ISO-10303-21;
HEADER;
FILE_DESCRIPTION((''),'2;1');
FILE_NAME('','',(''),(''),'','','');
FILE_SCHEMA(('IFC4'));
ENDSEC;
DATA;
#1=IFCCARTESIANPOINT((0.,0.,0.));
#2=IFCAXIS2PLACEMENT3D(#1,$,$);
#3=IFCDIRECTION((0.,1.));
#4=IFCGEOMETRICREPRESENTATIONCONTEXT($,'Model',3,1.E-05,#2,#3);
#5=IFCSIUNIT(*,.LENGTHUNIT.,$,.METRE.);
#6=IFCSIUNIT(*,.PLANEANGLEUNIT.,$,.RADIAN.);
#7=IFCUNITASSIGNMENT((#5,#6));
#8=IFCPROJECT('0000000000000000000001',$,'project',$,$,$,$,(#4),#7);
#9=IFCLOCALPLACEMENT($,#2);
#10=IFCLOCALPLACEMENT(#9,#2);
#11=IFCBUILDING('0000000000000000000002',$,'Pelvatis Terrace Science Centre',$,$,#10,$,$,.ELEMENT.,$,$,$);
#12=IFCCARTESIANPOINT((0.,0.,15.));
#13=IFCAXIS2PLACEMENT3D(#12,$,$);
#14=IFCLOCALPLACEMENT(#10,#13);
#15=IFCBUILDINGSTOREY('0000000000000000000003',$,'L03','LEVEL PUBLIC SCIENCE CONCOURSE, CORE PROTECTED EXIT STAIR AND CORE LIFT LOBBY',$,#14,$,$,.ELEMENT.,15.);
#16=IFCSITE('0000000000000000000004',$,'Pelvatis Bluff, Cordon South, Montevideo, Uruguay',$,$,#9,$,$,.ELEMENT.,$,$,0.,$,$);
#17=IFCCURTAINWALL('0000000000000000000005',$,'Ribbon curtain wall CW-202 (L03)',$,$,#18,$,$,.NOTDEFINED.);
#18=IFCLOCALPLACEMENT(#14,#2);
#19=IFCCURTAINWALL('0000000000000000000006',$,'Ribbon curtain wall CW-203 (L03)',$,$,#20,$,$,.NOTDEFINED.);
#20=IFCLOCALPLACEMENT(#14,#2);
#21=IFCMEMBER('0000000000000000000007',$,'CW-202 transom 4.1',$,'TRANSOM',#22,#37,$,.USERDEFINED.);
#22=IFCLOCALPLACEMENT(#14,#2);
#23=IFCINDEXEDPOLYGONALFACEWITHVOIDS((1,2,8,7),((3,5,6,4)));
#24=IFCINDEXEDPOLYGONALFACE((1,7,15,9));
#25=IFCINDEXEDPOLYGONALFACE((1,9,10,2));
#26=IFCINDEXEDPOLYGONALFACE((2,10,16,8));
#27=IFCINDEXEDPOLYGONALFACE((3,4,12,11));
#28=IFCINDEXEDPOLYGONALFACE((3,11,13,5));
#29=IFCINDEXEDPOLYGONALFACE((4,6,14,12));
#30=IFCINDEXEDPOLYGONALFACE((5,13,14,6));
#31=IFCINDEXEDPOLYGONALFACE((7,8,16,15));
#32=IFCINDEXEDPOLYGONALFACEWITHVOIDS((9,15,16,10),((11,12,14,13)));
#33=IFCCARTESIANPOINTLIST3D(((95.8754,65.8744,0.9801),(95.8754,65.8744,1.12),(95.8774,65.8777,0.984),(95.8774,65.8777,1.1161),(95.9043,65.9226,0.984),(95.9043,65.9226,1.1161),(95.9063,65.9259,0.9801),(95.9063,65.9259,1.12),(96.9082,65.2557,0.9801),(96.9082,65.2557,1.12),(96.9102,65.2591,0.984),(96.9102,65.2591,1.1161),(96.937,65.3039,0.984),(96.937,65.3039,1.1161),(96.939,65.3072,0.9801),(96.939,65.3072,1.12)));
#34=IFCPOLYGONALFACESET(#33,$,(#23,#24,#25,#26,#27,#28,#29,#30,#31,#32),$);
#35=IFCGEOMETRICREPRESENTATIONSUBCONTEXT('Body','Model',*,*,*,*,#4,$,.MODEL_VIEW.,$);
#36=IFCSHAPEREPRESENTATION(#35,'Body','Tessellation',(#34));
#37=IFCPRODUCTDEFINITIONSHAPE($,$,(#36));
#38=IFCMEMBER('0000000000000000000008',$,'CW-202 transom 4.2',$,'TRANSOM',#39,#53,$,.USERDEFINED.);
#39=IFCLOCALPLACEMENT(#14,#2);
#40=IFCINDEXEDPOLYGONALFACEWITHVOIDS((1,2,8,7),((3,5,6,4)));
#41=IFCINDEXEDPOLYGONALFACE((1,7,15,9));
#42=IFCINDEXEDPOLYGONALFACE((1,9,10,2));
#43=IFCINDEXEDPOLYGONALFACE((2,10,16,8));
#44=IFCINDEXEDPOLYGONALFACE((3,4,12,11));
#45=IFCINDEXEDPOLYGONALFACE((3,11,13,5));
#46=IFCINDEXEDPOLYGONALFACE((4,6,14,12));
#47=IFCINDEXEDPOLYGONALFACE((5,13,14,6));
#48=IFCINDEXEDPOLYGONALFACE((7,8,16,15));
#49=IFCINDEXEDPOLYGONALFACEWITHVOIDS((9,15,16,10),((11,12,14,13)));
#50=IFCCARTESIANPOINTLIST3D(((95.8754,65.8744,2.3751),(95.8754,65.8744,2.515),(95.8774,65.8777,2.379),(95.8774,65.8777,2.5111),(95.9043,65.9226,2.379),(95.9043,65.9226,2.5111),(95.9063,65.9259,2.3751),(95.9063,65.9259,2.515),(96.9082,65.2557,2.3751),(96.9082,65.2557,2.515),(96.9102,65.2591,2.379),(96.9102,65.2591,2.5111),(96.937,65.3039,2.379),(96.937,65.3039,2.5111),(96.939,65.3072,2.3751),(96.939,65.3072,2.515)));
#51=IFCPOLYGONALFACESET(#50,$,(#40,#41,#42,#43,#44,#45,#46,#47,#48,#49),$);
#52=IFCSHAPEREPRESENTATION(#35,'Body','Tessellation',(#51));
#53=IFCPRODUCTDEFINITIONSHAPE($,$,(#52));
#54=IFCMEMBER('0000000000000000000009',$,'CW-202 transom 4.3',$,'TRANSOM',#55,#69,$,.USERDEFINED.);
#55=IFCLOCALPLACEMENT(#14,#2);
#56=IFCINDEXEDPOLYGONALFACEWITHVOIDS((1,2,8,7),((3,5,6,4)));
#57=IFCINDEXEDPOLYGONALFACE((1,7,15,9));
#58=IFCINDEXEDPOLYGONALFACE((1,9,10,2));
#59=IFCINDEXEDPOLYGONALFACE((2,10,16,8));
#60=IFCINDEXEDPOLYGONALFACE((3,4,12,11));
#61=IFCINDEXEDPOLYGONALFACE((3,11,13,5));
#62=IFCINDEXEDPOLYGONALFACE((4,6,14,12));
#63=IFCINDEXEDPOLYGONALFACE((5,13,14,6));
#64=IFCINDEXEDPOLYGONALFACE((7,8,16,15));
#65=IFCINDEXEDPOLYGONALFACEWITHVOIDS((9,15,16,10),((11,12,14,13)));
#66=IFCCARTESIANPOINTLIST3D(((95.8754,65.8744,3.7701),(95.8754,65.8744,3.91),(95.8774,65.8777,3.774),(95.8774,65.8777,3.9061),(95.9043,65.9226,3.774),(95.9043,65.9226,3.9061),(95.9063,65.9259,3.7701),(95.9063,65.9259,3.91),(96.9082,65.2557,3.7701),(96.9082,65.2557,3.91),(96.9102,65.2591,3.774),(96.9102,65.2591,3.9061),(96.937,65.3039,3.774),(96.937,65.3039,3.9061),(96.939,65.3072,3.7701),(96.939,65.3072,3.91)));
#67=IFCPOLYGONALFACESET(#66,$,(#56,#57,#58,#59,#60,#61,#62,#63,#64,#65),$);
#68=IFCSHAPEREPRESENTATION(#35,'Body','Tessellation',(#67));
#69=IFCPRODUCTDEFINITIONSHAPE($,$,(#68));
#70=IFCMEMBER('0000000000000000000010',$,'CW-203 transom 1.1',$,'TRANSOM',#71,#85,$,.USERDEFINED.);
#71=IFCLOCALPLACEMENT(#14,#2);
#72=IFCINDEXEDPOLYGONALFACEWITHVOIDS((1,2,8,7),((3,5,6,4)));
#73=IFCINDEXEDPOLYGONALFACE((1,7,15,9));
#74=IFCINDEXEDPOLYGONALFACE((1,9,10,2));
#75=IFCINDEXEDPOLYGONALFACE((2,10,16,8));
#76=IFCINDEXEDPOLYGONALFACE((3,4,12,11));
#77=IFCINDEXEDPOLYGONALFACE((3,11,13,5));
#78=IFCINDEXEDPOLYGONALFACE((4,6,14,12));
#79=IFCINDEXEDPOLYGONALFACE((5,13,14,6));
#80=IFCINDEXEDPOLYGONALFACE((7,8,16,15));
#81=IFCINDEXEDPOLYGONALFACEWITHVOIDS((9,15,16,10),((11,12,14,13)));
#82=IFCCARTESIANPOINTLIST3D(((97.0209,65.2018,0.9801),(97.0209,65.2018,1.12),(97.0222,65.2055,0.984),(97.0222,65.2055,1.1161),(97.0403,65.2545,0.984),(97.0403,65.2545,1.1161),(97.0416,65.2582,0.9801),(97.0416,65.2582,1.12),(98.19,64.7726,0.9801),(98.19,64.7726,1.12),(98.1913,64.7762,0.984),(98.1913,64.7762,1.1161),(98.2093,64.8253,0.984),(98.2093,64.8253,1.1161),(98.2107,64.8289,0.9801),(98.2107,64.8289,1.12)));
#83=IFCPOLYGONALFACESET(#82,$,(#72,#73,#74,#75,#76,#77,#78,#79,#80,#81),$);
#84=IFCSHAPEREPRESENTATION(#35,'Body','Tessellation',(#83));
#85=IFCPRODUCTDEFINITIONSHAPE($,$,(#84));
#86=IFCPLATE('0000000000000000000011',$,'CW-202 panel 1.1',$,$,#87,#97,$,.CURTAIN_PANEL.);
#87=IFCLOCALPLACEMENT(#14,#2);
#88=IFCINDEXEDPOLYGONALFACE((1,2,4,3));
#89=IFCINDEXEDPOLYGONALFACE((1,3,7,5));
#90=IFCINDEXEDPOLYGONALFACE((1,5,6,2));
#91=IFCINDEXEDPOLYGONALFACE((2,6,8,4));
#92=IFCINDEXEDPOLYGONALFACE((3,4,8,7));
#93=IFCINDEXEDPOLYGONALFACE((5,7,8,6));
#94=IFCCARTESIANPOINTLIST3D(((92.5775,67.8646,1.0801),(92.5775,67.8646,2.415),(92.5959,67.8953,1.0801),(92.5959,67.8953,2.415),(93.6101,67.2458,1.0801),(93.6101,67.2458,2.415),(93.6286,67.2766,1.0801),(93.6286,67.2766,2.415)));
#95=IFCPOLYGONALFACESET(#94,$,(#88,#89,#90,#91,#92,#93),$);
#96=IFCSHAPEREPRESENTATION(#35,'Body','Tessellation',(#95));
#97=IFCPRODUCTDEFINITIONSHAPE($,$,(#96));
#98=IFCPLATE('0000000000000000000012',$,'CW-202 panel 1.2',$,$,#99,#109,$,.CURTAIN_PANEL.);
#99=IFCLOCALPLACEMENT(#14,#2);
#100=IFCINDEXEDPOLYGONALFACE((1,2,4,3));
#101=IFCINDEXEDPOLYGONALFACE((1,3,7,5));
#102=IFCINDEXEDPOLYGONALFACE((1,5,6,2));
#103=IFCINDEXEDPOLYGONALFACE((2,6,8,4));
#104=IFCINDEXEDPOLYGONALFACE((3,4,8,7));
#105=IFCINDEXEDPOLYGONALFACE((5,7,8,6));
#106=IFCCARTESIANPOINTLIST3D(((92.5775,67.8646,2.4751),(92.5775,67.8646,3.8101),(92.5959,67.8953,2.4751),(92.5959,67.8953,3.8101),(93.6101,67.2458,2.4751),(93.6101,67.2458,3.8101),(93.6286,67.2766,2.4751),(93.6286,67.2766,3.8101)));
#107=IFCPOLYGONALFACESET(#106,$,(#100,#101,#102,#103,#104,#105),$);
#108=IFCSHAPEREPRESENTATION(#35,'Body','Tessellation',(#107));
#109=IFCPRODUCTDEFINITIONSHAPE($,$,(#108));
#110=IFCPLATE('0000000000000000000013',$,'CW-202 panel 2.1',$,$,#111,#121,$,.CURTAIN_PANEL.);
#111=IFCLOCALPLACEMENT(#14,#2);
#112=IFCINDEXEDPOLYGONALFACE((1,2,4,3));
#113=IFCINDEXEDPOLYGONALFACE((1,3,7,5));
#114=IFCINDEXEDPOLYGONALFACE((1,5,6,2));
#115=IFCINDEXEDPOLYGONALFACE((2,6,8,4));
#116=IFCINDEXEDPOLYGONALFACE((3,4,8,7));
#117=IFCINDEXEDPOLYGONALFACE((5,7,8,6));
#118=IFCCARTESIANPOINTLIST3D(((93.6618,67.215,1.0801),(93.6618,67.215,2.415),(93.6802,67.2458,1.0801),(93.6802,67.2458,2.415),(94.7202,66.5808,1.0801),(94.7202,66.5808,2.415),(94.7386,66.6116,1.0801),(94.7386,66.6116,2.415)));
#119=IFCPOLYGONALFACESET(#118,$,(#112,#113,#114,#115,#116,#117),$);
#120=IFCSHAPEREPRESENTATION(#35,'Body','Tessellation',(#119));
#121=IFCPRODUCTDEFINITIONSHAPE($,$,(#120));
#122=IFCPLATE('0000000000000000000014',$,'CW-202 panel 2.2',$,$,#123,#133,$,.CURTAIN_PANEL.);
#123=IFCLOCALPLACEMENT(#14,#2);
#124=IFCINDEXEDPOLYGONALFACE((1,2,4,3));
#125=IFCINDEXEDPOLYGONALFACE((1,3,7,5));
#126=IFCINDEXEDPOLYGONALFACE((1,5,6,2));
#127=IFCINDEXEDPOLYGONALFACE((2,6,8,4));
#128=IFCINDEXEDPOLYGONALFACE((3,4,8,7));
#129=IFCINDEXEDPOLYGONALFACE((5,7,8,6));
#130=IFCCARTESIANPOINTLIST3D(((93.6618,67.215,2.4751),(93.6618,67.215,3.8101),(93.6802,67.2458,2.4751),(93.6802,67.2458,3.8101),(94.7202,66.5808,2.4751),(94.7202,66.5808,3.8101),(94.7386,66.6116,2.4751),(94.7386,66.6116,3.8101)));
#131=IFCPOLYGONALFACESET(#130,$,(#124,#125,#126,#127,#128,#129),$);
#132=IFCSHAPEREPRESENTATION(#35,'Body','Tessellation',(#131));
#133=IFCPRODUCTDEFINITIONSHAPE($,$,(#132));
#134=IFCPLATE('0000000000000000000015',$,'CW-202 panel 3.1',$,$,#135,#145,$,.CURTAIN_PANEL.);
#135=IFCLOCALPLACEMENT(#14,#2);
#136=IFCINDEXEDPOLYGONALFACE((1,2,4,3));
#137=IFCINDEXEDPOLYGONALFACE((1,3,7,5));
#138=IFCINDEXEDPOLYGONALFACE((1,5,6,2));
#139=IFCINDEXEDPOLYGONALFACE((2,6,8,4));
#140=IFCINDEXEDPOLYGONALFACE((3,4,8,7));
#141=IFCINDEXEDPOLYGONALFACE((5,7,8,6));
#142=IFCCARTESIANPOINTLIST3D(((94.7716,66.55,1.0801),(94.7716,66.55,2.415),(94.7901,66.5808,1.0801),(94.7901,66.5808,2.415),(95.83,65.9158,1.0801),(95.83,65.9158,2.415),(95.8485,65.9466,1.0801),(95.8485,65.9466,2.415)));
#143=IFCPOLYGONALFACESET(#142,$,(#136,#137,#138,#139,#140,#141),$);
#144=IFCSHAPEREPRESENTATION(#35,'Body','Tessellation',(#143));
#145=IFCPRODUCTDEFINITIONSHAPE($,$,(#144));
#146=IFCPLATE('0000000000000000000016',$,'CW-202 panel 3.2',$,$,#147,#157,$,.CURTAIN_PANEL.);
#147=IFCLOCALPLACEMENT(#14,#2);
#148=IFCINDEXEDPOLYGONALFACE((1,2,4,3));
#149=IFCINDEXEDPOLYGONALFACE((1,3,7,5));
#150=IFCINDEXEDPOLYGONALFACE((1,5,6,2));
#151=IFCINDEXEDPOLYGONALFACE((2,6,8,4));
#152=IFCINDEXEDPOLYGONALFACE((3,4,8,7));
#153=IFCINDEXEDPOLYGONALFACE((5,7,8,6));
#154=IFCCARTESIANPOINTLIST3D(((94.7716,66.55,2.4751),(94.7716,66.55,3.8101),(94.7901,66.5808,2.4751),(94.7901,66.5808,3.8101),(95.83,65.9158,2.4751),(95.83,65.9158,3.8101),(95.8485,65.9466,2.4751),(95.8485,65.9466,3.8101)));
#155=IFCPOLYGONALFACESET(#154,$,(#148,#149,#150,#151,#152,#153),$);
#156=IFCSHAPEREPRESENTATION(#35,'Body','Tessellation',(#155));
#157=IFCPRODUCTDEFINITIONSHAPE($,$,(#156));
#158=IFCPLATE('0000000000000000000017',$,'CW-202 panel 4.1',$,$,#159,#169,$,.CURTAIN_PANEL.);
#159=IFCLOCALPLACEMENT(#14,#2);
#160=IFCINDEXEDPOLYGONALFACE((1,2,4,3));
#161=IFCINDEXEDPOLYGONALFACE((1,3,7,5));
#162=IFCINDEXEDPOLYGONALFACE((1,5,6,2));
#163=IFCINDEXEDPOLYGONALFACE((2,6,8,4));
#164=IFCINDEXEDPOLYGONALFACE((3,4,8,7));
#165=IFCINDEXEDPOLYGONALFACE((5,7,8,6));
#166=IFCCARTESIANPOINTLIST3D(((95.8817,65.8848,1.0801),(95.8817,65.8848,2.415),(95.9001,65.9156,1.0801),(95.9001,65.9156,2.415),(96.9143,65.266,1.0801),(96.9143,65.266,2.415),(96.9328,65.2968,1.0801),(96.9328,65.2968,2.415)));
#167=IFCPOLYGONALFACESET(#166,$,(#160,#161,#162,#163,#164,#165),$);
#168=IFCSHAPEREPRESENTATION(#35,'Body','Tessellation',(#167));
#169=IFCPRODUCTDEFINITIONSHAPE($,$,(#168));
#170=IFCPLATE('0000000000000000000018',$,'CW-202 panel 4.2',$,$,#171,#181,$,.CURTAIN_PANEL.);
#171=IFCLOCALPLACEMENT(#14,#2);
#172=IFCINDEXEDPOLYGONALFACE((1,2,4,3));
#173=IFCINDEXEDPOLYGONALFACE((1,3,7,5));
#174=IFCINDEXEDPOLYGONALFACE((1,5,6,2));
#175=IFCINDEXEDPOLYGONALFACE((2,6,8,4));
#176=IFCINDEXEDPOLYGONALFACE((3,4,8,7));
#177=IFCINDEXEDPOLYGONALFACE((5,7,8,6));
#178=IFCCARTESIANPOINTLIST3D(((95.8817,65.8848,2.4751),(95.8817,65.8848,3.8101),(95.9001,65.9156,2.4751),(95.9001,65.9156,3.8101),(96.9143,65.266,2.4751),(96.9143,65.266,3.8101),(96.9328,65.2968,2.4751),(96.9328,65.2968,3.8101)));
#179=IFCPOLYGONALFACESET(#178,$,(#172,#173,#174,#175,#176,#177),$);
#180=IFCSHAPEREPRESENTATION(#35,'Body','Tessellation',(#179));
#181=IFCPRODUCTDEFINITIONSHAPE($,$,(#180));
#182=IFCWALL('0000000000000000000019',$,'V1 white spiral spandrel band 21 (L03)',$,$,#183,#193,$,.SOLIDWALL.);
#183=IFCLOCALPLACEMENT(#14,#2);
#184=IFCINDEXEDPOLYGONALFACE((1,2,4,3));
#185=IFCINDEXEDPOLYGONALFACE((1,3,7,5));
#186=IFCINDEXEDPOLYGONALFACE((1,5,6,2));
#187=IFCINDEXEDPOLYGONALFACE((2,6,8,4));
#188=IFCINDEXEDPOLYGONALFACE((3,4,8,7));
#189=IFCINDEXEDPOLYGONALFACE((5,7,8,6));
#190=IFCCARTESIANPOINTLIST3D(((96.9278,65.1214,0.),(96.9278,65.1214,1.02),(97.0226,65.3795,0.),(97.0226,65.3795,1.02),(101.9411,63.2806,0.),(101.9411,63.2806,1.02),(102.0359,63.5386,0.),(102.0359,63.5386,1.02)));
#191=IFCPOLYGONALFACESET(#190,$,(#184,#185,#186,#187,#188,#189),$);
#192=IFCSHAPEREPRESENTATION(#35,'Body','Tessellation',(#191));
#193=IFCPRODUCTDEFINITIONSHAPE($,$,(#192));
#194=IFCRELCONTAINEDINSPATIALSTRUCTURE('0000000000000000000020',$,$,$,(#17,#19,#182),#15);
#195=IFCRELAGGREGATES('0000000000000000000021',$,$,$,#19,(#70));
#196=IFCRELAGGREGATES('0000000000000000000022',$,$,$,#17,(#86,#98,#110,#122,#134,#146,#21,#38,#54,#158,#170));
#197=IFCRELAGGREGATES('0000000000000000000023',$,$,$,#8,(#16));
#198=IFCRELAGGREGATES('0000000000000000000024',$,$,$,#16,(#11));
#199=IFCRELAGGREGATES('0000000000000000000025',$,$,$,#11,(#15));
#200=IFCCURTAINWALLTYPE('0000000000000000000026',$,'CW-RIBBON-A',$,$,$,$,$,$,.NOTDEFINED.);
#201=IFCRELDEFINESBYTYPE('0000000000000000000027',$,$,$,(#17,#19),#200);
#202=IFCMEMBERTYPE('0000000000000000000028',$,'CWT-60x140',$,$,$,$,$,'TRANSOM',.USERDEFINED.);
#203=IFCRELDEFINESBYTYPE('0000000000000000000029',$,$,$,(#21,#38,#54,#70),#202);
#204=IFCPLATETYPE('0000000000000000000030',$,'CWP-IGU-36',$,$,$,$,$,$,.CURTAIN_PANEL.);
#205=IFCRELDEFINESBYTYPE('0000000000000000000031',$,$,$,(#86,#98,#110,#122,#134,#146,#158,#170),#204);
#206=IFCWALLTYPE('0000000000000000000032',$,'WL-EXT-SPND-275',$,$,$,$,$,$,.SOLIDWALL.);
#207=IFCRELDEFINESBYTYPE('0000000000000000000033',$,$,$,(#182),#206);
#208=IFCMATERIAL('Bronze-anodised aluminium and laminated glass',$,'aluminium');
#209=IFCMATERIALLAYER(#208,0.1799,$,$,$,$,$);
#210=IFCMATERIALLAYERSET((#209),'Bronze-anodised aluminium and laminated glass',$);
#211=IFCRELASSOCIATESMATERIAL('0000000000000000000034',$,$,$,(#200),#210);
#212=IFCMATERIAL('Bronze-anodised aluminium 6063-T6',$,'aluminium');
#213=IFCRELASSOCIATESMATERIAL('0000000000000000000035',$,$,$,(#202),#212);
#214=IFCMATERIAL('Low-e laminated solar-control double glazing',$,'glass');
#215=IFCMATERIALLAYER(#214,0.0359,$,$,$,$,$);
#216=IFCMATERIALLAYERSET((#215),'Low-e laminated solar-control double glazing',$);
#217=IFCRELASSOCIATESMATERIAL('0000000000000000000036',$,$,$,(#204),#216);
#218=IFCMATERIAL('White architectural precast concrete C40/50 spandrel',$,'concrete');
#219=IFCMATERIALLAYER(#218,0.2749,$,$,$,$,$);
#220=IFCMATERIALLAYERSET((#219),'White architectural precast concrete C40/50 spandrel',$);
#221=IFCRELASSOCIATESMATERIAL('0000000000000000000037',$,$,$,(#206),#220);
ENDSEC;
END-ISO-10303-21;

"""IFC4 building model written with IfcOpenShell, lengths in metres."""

from ifc_helpers import new_model, si_unit, direction, frame, frame_2d, origin, origin_2d, place, context, subcontext, project, spatial, rectangle, hollow_rectangle, extrude, material, layer, layer_set, material_profile, profile_set, type_object, element, aggregate, save


model = new_model("IFC4")

# Units and contexts
model_context = context("Model", 3, precision=1e-05, world=origin(), true_north=direction((0.0, 1.0)))
body_context = subcontext(model_context, "Body", "Model", "MODEL_VIEW")
ifc_project = project(units=[si_unit("LENGTHUNIT", "METRE"), si_unit("PLANEANGLEUNIT", "RADIAN")], contexts=[model_context])

# Site, building, storey
site_placement = place(None, origin())
site = spatial("IfcSite", under=ifc_project, at=site_placement, Name="Pelvatis Bluff, Cordon South, Montevideo, Uruguay", CompositionType="ELEMENT", RefElevation=0.0)
building_placement = place(site_placement, origin())
building = spatial("IfcBuilding", under=site, at=building_placement, Name="Pelvatis Terrace Science Centre", CompositionType="ELEMENT")
storey_placement = place(building_placement, frame((0.0, 0.0, 15.0)))
storey = spatial("IfcBuildingStorey", under=building, at=storey_placement, Name="L03", Description="LEVEL PUBLIC SCIENCE CONCOURSE, CORE PROTECTED EXIT STAIR AND CORE LIFT LOBBY", CompositionType="ELEMENT", Elevation=15.0)

# Curtain wall
ifc_material_1 = material(Name="Bronze-anodised aluminium and laminated glass", Category="aluminium")
ifc_layer_1 = layer(ifc_material_1, 0.1799)
ifc_layer_set_1 = layer_set([ifc_layer_1], Name="Bronze-anodised aluminium and laminated glass")
curtain_wall_type = type_object("IfcCurtainWallType", Name="CW-RIBBON-A", PredefinedType="NOTDEFINED", material=ifc_layer_set_1)
curtain_wall_1_placement = place(storey_placement, origin())
curtain_wall_1 = element("IfcCurtainWall", 1, at=curtain_wall_1_placement, inside=storey, type_object=curtain_wall_type, Name="Ribbon curtain wall CW-202 (L03)", PredefinedType="NOTDEFINED")

# Curtain wall
curtain_wall_2_placement = place(storey_placement, origin())
curtain_wall_2 = element("IfcCurtainWall", 2, at=curtain_wall_2_placement, inside=storey, type_object=curtain_wall_type, Name="Ribbon curtain wall CW-203 (L03)", PredefinedType="NOTDEFINED")

# Members
ifc_material_2 = material(Name="Bronze-anodised aluminium 6063-T6", Category="aluminium")
ifc_material_profile_1 = material_profile(ifc_material_2, hollow_rectangle(XDim=0.0601, YDim=0.1399, WallThickness=0.0039, at=origin_2d()), Name="ALU-TRN 60x140")
ifc_profile_set_1 = profile_set([ifc_material_profile_1], Name="Bronze-anodised aluminium 6063-T6")
member_type_1 = type_object("IfcMemberType", Name="CWT-60x140", ElementType="TRANSOM", PredefinedType="USERDEFINED", material=ifc_profile_set_1)
member_1_placement = place(storey_placement, frame((95.8909, 65.9001, 1.05), z_axis=(0.857851, -0.513899, 0.0), x_axis=(0.513899, 0.857851, 0.0)))
member_1 = element("IfcMember", 3, at=member_1_placement, type_object=member_type_1, Name="CW-202 transom 4.1", ObjectType="TRANSOM", PredefinedType="USERDEFINED", context=body_context, shape_type="SweptSolid", body=[
    extrude(hollow_rectangle(XDim=0.0601, YDim=0.1399, WallThickness=0.0039, at=origin_2d()), origin(), (0.0, 0.0, 1.0), 1.2039),
])
member_2_placement = place(storey_placement, frame((95.8909, 65.9001, 2.4451), z_axis=(0.857851, -0.513899, 0.0), x_axis=(0.513899, 0.857851, 0.0)))
member_2 = element("IfcMember", 4, at=member_2_placement, type_object=member_type_1, Name="CW-202 transom 4.2", ObjectType="TRANSOM", PredefinedType="USERDEFINED", context=body_context, shape_type="SweptSolid", body=[
    extrude(hollow_rectangle(XDim=0.0601, YDim=0.1399, WallThickness=0.0039, at=origin_2d()), origin(), (0.0, 0.0, 1.0), 1.2039),
])
member_3_placement = place(storey_placement, frame((95.8909, 65.9001, 3.8401), z_axis=(0.857851, -0.513899, 0.0), x_axis=(0.513899, 0.857851, 0.0)))
member_3 = element("IfcMember", 5, at=member_3_placement, type_object=member_type_1, Name="CW-202 transom 4.3", ObjectType="TRANSOM", PredefinedType="USERDEFINED", context=body_context, shape_type="SweptSolid", body=[
    extrude(hollow_rectangle(XDim=0.0601, YDim=0.1399, WallThickness=0.0039, at=origin_2d()), origin(), (0.0, 0.0, 1.0), 1.2039),
])
member_4_placement = place(storey_placement, frame((97.0312, 65.23, 1.05), z_axis=(0.938724, -0.344669, 0.0), x_axis=(0.344669, 0.938724, 0.0)))
member_4 = element("IfcMember", 6, at=member_4_placement, type_object=member_type_1, Name="CW-203 transom 1.1", ObjectType="TRANSOM", PredefinedType="USERDEFINED", context=body_context, shape_type="SweptSolid", body=[
    extrude(hollow_rectangle(XDim=0.0601, YDim=0.1399, WallThickness=0.0039, at=origin_2d()), origin(), (0.0, 0.0, 1.0), 1.2454),
])
aggregate(curtain_wall_2, [member_4])

# Plates
ifc_material_3 = material(Name="Low-e laminated solar-control double glazing", Category="glass")
ifc_layer_2 = layer(ifc_material_3, 0.0359)
ifc_layer_set_2 = layer_set([ifc_layer_2], Name="Low-e laminated solar-control double glazing")
plate_type = type_object("IfcPlateType", Name="CWP-IGU-36", PredefinedType="CURTAIN_PANEL", material=ifc_layer_set_2)
plate_1_placement = place(storey_placement, frame((93.103, 67.5706, 1.0801), z_axis=(0.0, 0.0, 1.0), x_axis=(0.857793, -0.513996, 0.0)))
plate_1 = element("IfcPlate", 7, at=plate_1_placement, type_object=plate_type, Name="CW-202 panel 1.1", PredefinedType="CURTAIN_PANEL", context=body_context, shape_type="SweptSolid", body=[
    extrude(rectangle(XDim=1.2039, YDim=0.0359, at=origin_2d()), origin(), (0.0, 0.0, 1.0), 1.335),
])
plate_2_placement = place(storey_placement, frame((93.103, 67.5706, 2.4751), z_axis=(0.0, 0.0, 1.0), x_axis=(0.857793, -0.513996, 0.0)))
plate_2 = element("IfcPlate", 8, at=plate_2_placement, type_object=plate_type, Name="CW-202 panel 1.2", PredefinedType="CURTAIN_PANEL", context=body_context, shape_type="SweptSolid", body=[
    extrude(rectangle(XDim=1.2039, YDim=0.0359, at=origin_2d()), origin(), (0.0, 0.0, 1.0), 1.335),
])
plate_3_placement = place(storey_placement, frame((94.2002, 66.9133, 1.0801), z_axis=(0.0, 0.0, 1.0), x_axis=(0.857793, -0.513996, 0.0)))
plate_3 = element("IfcPlate", 9, at=plate_3_placement, type_object=plate_type, Name="CW-202 panel 2.1", PredefinedType="CURTAIN_PANEL", context=body_context, shape_type="SweptSolid", body=[
    extrude(rectangle(XDim=1.2339, YDim=0.0359, at=origin_2d()), origin(), (0.0, 0.0, 1.0), 1.335),
])
plate_4_placement = place(storey_placement, frame((94.2002, 66.9133, 2.4751), z_axis=(0.0, 0.0, 1.0), x_axis=(0.857793, -0.513996, 0.0)))
plate_4 = element("IfcPlate", 10, at=plate_4_placement, type_object=plate_type, Name="CW-202 panel 2.2", PredefinedType="CURTAIN_PANEL", context=body_context, shape_type="SweptSolid", body=[
    extrude(rectangle(XDim=1.2339, YDim=0.0359, at=origin_2d()), origin(), (0.0, 0.0, 1.0), 1.335),
])
plate_5_placement = place(storey_placement, frame((95.3101, 66.2483, 1.0801), z_axis=(0.0, 0.0, 1.0), x_axis=(0.857793, -0.513996, 0.0)))
plate_5 = element("IfcPlate", 11, at=plate_5_placement, type_object=plate_type, Name="CW-202 panel 3.1", PredefinedType="CURTAIN_PANEL", context=body_context, shape_type="SweptSolid", body=[
    extrude(rectangle(XDim=1.2339, YDim=0.0359, at=origin_2d()), origin(), (0.0, 0.0, 1.0), 1.335),
])
plate_6_placement = place(storey_placement, frame((95.3101, 66.2483, 2.4751), z_axis=(0.0, 0.0, 1.0), x_axis=(0.857793, -0.513996, 0.0)))
plate_6 = element("IfcPlate", 12, at=plate_6_placement, type_object=plate_type, Name="CW-202 panel 3.2", PredefinedType="CURTAIN_PANEL", context=body_context, shape_type="SweptSolid", body=[
    extrude(rectangle(XDim=1.2339, YDim=0.0359, at=origin_2d()), origin(), (0.0, 0.0, 1.0), 1.335),
])
plate_7_placement = place(storey_placement, frame((96.4072, 65.5908, 1.0801), z_axis=(0.0, 0.0, 1.0), x_axis=(0.857793, -0.513996, 0.0)))
plate_7 = element("IfcPlate", 13, at=plate_7_placement, type_object=plate_type, Name="CW-202 panel 4.1", PredefinedType="CURTAIN_PANEL", context=body_context, shape_type="SweptSolid", body=[
    extrude(rectangle(XDim=1.2039, YDim=0.0359, at=origin_2d()), origin(), (0.0, 0.0, 1.0), 1.335),
])
plate_8_placement = place(storey_placement, frame((96.4072, 65.5908, 2.4751), z_axis=(0.0, 0.0, 1.0), x_axis=(0.857793, -0.513996, 0.0)))
plate_8 = element("IfcPlate", 14, at=plate_8_placement, type_object=plate_type, Name="CW-202 panel 4.2", PredefinedType="CURTAIN_PANEL", context=body_context, shape_type="SweptSolid", body=[
    extrude(rectangle(XDim=1.2039, YDim=0.0359, at=origin_2d()), origin(), (0.0, 0.0, 1.0), 1.335),
])
aggregate(curtain_wall_1, [plate_1, plate_2, plate_3, plate_4, plate_5, plate_6, member_1, member_2, member_3, plate_7, plate_8])

# Wall
ifc_material_4 = material(Name="White architectural precast concrete C40/50 spandrel", Category="concrete")
ifc_layer_3 = layer(ifc_material_4, 0.2749)
ifc_layer_set_3 = layer_set([ifc_layer_3], Name="White architectural precast concrete C40/50 spandrel")
wall_type_1 = type_object("IfcWallType", Name="WL-EXT-SPND-275", PredefinedType="SOLIDWALL", material=ifc_layer_set_3)
wall_1_placement = place(storey_placement, frame((96.9751, 65.2505, 0.0), z_axis=(0.0, 0.0, 1.0), x_axis=(0.938716, -0.344693, 0.0)))
element("IfcWall", 15, at=wall_1_placement, inside=storey, type_object=wall_type_1, Name="V1 white spiral spandrel band 21 (L03)", PredefinedType="SOLIDWALL", context=body_context, shape_type="SweptSolid", body=[
    extrude(rectangle(XDim=5.3406, YDim=0.2749, at=frame_2d((2.6704, 0.0))), origin(), (0.0, 0.0, 1.0), 1.02),
])

save(model, "model.ifc")
